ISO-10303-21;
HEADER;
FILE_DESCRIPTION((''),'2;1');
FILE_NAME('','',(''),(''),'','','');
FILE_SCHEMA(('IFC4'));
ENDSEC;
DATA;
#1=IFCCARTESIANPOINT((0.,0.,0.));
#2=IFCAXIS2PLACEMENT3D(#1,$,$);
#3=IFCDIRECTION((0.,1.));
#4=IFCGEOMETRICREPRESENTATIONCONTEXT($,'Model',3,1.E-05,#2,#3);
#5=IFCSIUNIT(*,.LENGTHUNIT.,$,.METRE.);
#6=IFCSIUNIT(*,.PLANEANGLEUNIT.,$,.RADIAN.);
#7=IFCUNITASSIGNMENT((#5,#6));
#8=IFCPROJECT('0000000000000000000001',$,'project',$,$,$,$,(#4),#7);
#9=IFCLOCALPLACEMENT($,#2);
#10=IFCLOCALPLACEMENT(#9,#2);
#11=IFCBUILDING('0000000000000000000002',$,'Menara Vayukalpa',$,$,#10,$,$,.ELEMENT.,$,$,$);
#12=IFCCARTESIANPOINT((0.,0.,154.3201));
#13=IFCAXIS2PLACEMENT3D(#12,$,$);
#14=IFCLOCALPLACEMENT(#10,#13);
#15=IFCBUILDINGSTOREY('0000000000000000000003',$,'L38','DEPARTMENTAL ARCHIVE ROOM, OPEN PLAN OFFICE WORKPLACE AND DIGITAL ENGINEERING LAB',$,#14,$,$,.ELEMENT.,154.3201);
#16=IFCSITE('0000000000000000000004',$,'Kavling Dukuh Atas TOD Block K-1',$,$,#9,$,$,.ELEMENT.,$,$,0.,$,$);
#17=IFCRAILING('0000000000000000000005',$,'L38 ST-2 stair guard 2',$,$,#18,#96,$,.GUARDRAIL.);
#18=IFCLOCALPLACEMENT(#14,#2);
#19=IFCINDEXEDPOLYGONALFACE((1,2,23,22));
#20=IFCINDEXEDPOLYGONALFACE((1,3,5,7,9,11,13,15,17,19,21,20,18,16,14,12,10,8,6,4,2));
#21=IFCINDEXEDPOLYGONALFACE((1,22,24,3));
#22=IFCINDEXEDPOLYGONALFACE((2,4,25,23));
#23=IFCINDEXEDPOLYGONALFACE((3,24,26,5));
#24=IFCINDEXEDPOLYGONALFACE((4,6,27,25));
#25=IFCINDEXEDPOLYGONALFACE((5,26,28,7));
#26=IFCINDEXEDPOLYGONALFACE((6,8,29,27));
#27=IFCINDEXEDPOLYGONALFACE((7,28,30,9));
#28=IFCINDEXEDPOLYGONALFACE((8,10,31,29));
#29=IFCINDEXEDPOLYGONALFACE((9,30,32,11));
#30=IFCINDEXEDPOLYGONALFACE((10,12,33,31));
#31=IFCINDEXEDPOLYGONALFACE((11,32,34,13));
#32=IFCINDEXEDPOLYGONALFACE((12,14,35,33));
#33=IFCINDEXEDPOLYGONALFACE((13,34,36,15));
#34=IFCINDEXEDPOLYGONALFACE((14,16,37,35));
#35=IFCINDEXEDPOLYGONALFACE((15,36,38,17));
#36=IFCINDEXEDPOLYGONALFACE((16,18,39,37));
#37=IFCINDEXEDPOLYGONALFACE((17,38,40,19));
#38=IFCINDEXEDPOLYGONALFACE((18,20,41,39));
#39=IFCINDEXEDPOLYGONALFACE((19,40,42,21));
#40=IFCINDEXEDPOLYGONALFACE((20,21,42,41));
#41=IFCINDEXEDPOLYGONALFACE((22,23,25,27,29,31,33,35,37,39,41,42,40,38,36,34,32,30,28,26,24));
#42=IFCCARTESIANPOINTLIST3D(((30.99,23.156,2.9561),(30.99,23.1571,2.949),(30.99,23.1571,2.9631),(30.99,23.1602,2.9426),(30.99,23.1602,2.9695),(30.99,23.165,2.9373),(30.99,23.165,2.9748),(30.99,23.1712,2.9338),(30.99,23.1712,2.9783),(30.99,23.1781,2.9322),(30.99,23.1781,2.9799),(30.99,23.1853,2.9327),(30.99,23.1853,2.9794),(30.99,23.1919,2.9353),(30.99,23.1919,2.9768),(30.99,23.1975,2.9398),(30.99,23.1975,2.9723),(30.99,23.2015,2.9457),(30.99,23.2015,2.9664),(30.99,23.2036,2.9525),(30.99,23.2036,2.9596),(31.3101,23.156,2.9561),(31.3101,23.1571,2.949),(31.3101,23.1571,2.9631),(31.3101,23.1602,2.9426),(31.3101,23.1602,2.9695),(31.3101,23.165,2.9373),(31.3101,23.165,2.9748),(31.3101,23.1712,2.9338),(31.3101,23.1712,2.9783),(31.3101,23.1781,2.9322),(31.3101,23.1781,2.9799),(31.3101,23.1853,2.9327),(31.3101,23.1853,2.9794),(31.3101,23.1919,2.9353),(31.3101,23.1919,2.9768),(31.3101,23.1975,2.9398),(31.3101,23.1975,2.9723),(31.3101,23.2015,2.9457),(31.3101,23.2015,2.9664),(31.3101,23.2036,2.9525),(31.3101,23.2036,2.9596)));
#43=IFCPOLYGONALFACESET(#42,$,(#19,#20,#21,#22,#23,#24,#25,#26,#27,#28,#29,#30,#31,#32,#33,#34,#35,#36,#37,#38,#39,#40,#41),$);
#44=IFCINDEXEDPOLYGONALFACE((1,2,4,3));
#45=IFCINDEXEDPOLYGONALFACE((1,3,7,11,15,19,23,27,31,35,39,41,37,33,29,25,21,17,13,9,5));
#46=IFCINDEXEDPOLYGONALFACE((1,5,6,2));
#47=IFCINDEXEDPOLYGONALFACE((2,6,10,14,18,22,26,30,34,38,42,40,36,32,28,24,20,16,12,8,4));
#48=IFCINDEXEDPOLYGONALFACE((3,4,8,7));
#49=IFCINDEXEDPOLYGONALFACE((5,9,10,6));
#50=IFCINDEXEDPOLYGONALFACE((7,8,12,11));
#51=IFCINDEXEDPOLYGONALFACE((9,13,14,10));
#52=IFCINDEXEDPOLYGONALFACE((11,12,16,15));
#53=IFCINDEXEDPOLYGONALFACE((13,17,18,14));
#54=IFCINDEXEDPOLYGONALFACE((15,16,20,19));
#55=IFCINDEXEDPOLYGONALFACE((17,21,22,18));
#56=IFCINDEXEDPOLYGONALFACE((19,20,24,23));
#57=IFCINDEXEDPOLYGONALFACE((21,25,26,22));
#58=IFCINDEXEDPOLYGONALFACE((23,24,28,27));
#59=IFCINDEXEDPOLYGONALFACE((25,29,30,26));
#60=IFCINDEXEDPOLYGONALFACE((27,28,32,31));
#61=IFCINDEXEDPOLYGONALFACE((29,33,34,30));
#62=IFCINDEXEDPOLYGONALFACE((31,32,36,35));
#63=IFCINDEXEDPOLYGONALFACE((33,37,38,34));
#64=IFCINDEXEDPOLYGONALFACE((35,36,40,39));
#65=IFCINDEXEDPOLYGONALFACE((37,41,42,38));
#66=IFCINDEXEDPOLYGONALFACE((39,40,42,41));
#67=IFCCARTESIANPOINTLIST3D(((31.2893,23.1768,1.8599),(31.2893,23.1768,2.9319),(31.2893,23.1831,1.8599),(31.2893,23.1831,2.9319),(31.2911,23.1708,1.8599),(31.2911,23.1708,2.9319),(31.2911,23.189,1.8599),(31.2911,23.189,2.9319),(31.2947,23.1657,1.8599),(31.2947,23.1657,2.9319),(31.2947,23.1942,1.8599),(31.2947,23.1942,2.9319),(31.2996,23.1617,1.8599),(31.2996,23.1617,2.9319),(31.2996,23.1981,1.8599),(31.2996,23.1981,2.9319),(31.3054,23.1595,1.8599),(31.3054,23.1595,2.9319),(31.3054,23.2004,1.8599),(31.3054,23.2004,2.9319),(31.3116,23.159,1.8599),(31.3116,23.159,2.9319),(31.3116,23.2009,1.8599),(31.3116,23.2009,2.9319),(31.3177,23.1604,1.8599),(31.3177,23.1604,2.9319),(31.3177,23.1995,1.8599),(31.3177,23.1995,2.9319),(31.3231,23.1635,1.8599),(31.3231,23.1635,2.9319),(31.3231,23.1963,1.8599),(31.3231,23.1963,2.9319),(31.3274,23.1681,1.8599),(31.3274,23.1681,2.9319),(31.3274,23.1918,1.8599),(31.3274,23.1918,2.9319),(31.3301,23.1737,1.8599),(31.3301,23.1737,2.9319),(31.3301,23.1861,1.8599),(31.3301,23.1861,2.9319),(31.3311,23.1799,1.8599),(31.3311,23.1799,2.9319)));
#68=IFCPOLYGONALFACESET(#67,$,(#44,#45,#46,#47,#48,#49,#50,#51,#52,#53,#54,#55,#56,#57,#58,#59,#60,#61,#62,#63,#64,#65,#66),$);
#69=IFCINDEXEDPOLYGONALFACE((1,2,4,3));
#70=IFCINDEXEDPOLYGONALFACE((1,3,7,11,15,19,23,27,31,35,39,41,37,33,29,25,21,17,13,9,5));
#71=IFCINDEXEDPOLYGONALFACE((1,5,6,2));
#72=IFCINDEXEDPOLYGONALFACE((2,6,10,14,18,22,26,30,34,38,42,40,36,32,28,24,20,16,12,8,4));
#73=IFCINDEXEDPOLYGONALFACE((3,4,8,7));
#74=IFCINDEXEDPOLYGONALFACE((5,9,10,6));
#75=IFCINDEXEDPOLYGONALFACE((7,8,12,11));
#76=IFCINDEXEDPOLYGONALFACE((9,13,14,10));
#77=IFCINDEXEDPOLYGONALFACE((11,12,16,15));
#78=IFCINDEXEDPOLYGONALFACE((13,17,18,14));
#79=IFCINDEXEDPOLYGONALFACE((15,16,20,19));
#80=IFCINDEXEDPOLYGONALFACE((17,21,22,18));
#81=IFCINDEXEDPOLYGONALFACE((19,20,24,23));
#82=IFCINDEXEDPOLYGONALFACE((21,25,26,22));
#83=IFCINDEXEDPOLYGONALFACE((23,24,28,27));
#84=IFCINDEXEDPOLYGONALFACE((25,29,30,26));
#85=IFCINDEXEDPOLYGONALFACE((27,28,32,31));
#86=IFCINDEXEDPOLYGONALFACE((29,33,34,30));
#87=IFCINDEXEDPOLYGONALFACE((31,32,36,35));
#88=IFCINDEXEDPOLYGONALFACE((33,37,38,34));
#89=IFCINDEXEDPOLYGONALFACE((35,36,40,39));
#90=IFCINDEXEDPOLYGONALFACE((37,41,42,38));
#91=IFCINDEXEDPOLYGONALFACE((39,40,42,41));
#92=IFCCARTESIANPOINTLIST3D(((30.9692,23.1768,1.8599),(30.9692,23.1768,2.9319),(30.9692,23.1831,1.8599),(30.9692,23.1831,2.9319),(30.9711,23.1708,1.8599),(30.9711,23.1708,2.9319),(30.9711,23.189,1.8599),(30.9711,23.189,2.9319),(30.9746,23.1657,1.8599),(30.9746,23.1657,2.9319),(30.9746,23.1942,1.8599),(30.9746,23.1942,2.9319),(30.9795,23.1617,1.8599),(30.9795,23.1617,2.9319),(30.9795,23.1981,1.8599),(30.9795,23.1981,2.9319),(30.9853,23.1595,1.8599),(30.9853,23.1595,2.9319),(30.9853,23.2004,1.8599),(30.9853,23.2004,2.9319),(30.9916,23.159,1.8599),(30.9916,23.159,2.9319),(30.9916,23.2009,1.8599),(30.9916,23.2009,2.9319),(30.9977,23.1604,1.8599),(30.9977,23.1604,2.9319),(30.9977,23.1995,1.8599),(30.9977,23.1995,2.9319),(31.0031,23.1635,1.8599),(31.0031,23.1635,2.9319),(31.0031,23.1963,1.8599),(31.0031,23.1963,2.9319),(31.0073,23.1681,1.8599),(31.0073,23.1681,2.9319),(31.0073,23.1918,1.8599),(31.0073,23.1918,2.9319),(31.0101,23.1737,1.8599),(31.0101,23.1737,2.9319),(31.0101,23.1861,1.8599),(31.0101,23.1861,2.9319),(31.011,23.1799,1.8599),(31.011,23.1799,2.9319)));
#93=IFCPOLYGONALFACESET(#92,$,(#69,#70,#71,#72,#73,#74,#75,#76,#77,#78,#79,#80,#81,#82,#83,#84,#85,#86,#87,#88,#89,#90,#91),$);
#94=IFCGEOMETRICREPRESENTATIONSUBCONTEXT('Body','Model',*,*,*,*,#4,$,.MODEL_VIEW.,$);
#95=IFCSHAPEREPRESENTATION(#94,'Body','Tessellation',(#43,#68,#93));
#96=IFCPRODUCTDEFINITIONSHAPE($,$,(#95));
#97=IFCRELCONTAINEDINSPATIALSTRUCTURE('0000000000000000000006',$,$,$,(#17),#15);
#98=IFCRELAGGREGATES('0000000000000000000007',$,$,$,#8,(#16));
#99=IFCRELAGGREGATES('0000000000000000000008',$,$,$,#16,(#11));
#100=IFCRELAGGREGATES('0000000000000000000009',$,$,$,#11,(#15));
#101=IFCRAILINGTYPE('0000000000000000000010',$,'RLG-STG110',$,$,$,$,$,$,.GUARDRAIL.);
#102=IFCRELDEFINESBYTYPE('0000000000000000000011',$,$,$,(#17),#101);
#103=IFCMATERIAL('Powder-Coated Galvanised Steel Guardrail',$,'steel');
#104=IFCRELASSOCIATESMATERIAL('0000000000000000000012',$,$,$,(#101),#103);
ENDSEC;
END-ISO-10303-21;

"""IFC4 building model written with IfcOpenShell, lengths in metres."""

from ifc_helpers import new_model, si_unit, direction, frame, origin, origin_2d, place, context, subcontext, project, spatial, circle, extrude, material, type_object, element, save


model = new_model("IFC4")

# Units and contexts
model_context = context("Model", 3, precision=1e-05, world=origin(), true_north=direction((0.0, 1.0)))
body_context = subcontext(model_context, "Body", "Model", "MODEL_VIEW")
ifc_project = project(units=[si_unit("LENGTHUNIT", "METRE"), si_unit("PLANEANGLEUNIT", "RADIAN")], contexts=[model_context])

# Site, building, storey
site_placement = place(None, origin())
site = spatial("IfcSite", under=ifc_project, at=site_placement, Name="Kavling Dukuh Atas TOD Block K-1", CompositionType="ELEMENT", RefElevation=0.0)
building_placement = place(site_placement, origin())
building = spatial("IfcBuilding", under=site, at=building_placement, Name="Menara Vayukalpa", CompositionType="ELEMENT")
storey_placement = place(building_placement, frame((0.0, 0.0, 154.3201)))
storey = spatial("IfcBuildingStorey", under=building, at=storey_placement, Name="L38", Description="DEPARTMENTAL ARCHIVE ROOM, OPEN PLAN OFFICE WORKPLACE AND DIGITAL ENGINEERING LAB", CompositionType="ELEMENT", Elevation=154.3201)

# Railing
ifc_material_1 = material(Name="Powder-Coated Galvanised Steel Guardrail", Category="steel")
railing_type_1 = type_object("IfcRailingType", Name="RLG-STG110", PredefinedType="GUARDRAIL", material=ifc_material_1)
railing_1_placement = place(storey_placement, frame((31.3101, 23.1799, 1.8599)))
element("IfcRailing", 1, at=railing_1_placement, inside=storey, type_object=railing_type_1, Name="L38 ST-2 stair guard 2", PredefinedType="GUARDRAIL", context=body_context, shape_type="SweptSolid", body=[
    extrude(circle(Radius=0.0239, at=origin_2d()), frame((0.0, 0.0, 1.0962), z_axis=(-1.0, 0.0, 0.0), x_axis=(0.0, -1.0, 0.0)), (0.0, 0.0, 1.0), 0.3201),
    extrude(circle(Radius=0.021, at=origin_2d()), origin(), (0.0, 0.0, 1.0), 1.072),
    extrude(circle(Radius=0.021, at=origin_2d()), frame((-0.3201, 0.0, 0.0)), (0.0, 0.0, 1.0), 1.072),
])

save(model, "model.ifc")
